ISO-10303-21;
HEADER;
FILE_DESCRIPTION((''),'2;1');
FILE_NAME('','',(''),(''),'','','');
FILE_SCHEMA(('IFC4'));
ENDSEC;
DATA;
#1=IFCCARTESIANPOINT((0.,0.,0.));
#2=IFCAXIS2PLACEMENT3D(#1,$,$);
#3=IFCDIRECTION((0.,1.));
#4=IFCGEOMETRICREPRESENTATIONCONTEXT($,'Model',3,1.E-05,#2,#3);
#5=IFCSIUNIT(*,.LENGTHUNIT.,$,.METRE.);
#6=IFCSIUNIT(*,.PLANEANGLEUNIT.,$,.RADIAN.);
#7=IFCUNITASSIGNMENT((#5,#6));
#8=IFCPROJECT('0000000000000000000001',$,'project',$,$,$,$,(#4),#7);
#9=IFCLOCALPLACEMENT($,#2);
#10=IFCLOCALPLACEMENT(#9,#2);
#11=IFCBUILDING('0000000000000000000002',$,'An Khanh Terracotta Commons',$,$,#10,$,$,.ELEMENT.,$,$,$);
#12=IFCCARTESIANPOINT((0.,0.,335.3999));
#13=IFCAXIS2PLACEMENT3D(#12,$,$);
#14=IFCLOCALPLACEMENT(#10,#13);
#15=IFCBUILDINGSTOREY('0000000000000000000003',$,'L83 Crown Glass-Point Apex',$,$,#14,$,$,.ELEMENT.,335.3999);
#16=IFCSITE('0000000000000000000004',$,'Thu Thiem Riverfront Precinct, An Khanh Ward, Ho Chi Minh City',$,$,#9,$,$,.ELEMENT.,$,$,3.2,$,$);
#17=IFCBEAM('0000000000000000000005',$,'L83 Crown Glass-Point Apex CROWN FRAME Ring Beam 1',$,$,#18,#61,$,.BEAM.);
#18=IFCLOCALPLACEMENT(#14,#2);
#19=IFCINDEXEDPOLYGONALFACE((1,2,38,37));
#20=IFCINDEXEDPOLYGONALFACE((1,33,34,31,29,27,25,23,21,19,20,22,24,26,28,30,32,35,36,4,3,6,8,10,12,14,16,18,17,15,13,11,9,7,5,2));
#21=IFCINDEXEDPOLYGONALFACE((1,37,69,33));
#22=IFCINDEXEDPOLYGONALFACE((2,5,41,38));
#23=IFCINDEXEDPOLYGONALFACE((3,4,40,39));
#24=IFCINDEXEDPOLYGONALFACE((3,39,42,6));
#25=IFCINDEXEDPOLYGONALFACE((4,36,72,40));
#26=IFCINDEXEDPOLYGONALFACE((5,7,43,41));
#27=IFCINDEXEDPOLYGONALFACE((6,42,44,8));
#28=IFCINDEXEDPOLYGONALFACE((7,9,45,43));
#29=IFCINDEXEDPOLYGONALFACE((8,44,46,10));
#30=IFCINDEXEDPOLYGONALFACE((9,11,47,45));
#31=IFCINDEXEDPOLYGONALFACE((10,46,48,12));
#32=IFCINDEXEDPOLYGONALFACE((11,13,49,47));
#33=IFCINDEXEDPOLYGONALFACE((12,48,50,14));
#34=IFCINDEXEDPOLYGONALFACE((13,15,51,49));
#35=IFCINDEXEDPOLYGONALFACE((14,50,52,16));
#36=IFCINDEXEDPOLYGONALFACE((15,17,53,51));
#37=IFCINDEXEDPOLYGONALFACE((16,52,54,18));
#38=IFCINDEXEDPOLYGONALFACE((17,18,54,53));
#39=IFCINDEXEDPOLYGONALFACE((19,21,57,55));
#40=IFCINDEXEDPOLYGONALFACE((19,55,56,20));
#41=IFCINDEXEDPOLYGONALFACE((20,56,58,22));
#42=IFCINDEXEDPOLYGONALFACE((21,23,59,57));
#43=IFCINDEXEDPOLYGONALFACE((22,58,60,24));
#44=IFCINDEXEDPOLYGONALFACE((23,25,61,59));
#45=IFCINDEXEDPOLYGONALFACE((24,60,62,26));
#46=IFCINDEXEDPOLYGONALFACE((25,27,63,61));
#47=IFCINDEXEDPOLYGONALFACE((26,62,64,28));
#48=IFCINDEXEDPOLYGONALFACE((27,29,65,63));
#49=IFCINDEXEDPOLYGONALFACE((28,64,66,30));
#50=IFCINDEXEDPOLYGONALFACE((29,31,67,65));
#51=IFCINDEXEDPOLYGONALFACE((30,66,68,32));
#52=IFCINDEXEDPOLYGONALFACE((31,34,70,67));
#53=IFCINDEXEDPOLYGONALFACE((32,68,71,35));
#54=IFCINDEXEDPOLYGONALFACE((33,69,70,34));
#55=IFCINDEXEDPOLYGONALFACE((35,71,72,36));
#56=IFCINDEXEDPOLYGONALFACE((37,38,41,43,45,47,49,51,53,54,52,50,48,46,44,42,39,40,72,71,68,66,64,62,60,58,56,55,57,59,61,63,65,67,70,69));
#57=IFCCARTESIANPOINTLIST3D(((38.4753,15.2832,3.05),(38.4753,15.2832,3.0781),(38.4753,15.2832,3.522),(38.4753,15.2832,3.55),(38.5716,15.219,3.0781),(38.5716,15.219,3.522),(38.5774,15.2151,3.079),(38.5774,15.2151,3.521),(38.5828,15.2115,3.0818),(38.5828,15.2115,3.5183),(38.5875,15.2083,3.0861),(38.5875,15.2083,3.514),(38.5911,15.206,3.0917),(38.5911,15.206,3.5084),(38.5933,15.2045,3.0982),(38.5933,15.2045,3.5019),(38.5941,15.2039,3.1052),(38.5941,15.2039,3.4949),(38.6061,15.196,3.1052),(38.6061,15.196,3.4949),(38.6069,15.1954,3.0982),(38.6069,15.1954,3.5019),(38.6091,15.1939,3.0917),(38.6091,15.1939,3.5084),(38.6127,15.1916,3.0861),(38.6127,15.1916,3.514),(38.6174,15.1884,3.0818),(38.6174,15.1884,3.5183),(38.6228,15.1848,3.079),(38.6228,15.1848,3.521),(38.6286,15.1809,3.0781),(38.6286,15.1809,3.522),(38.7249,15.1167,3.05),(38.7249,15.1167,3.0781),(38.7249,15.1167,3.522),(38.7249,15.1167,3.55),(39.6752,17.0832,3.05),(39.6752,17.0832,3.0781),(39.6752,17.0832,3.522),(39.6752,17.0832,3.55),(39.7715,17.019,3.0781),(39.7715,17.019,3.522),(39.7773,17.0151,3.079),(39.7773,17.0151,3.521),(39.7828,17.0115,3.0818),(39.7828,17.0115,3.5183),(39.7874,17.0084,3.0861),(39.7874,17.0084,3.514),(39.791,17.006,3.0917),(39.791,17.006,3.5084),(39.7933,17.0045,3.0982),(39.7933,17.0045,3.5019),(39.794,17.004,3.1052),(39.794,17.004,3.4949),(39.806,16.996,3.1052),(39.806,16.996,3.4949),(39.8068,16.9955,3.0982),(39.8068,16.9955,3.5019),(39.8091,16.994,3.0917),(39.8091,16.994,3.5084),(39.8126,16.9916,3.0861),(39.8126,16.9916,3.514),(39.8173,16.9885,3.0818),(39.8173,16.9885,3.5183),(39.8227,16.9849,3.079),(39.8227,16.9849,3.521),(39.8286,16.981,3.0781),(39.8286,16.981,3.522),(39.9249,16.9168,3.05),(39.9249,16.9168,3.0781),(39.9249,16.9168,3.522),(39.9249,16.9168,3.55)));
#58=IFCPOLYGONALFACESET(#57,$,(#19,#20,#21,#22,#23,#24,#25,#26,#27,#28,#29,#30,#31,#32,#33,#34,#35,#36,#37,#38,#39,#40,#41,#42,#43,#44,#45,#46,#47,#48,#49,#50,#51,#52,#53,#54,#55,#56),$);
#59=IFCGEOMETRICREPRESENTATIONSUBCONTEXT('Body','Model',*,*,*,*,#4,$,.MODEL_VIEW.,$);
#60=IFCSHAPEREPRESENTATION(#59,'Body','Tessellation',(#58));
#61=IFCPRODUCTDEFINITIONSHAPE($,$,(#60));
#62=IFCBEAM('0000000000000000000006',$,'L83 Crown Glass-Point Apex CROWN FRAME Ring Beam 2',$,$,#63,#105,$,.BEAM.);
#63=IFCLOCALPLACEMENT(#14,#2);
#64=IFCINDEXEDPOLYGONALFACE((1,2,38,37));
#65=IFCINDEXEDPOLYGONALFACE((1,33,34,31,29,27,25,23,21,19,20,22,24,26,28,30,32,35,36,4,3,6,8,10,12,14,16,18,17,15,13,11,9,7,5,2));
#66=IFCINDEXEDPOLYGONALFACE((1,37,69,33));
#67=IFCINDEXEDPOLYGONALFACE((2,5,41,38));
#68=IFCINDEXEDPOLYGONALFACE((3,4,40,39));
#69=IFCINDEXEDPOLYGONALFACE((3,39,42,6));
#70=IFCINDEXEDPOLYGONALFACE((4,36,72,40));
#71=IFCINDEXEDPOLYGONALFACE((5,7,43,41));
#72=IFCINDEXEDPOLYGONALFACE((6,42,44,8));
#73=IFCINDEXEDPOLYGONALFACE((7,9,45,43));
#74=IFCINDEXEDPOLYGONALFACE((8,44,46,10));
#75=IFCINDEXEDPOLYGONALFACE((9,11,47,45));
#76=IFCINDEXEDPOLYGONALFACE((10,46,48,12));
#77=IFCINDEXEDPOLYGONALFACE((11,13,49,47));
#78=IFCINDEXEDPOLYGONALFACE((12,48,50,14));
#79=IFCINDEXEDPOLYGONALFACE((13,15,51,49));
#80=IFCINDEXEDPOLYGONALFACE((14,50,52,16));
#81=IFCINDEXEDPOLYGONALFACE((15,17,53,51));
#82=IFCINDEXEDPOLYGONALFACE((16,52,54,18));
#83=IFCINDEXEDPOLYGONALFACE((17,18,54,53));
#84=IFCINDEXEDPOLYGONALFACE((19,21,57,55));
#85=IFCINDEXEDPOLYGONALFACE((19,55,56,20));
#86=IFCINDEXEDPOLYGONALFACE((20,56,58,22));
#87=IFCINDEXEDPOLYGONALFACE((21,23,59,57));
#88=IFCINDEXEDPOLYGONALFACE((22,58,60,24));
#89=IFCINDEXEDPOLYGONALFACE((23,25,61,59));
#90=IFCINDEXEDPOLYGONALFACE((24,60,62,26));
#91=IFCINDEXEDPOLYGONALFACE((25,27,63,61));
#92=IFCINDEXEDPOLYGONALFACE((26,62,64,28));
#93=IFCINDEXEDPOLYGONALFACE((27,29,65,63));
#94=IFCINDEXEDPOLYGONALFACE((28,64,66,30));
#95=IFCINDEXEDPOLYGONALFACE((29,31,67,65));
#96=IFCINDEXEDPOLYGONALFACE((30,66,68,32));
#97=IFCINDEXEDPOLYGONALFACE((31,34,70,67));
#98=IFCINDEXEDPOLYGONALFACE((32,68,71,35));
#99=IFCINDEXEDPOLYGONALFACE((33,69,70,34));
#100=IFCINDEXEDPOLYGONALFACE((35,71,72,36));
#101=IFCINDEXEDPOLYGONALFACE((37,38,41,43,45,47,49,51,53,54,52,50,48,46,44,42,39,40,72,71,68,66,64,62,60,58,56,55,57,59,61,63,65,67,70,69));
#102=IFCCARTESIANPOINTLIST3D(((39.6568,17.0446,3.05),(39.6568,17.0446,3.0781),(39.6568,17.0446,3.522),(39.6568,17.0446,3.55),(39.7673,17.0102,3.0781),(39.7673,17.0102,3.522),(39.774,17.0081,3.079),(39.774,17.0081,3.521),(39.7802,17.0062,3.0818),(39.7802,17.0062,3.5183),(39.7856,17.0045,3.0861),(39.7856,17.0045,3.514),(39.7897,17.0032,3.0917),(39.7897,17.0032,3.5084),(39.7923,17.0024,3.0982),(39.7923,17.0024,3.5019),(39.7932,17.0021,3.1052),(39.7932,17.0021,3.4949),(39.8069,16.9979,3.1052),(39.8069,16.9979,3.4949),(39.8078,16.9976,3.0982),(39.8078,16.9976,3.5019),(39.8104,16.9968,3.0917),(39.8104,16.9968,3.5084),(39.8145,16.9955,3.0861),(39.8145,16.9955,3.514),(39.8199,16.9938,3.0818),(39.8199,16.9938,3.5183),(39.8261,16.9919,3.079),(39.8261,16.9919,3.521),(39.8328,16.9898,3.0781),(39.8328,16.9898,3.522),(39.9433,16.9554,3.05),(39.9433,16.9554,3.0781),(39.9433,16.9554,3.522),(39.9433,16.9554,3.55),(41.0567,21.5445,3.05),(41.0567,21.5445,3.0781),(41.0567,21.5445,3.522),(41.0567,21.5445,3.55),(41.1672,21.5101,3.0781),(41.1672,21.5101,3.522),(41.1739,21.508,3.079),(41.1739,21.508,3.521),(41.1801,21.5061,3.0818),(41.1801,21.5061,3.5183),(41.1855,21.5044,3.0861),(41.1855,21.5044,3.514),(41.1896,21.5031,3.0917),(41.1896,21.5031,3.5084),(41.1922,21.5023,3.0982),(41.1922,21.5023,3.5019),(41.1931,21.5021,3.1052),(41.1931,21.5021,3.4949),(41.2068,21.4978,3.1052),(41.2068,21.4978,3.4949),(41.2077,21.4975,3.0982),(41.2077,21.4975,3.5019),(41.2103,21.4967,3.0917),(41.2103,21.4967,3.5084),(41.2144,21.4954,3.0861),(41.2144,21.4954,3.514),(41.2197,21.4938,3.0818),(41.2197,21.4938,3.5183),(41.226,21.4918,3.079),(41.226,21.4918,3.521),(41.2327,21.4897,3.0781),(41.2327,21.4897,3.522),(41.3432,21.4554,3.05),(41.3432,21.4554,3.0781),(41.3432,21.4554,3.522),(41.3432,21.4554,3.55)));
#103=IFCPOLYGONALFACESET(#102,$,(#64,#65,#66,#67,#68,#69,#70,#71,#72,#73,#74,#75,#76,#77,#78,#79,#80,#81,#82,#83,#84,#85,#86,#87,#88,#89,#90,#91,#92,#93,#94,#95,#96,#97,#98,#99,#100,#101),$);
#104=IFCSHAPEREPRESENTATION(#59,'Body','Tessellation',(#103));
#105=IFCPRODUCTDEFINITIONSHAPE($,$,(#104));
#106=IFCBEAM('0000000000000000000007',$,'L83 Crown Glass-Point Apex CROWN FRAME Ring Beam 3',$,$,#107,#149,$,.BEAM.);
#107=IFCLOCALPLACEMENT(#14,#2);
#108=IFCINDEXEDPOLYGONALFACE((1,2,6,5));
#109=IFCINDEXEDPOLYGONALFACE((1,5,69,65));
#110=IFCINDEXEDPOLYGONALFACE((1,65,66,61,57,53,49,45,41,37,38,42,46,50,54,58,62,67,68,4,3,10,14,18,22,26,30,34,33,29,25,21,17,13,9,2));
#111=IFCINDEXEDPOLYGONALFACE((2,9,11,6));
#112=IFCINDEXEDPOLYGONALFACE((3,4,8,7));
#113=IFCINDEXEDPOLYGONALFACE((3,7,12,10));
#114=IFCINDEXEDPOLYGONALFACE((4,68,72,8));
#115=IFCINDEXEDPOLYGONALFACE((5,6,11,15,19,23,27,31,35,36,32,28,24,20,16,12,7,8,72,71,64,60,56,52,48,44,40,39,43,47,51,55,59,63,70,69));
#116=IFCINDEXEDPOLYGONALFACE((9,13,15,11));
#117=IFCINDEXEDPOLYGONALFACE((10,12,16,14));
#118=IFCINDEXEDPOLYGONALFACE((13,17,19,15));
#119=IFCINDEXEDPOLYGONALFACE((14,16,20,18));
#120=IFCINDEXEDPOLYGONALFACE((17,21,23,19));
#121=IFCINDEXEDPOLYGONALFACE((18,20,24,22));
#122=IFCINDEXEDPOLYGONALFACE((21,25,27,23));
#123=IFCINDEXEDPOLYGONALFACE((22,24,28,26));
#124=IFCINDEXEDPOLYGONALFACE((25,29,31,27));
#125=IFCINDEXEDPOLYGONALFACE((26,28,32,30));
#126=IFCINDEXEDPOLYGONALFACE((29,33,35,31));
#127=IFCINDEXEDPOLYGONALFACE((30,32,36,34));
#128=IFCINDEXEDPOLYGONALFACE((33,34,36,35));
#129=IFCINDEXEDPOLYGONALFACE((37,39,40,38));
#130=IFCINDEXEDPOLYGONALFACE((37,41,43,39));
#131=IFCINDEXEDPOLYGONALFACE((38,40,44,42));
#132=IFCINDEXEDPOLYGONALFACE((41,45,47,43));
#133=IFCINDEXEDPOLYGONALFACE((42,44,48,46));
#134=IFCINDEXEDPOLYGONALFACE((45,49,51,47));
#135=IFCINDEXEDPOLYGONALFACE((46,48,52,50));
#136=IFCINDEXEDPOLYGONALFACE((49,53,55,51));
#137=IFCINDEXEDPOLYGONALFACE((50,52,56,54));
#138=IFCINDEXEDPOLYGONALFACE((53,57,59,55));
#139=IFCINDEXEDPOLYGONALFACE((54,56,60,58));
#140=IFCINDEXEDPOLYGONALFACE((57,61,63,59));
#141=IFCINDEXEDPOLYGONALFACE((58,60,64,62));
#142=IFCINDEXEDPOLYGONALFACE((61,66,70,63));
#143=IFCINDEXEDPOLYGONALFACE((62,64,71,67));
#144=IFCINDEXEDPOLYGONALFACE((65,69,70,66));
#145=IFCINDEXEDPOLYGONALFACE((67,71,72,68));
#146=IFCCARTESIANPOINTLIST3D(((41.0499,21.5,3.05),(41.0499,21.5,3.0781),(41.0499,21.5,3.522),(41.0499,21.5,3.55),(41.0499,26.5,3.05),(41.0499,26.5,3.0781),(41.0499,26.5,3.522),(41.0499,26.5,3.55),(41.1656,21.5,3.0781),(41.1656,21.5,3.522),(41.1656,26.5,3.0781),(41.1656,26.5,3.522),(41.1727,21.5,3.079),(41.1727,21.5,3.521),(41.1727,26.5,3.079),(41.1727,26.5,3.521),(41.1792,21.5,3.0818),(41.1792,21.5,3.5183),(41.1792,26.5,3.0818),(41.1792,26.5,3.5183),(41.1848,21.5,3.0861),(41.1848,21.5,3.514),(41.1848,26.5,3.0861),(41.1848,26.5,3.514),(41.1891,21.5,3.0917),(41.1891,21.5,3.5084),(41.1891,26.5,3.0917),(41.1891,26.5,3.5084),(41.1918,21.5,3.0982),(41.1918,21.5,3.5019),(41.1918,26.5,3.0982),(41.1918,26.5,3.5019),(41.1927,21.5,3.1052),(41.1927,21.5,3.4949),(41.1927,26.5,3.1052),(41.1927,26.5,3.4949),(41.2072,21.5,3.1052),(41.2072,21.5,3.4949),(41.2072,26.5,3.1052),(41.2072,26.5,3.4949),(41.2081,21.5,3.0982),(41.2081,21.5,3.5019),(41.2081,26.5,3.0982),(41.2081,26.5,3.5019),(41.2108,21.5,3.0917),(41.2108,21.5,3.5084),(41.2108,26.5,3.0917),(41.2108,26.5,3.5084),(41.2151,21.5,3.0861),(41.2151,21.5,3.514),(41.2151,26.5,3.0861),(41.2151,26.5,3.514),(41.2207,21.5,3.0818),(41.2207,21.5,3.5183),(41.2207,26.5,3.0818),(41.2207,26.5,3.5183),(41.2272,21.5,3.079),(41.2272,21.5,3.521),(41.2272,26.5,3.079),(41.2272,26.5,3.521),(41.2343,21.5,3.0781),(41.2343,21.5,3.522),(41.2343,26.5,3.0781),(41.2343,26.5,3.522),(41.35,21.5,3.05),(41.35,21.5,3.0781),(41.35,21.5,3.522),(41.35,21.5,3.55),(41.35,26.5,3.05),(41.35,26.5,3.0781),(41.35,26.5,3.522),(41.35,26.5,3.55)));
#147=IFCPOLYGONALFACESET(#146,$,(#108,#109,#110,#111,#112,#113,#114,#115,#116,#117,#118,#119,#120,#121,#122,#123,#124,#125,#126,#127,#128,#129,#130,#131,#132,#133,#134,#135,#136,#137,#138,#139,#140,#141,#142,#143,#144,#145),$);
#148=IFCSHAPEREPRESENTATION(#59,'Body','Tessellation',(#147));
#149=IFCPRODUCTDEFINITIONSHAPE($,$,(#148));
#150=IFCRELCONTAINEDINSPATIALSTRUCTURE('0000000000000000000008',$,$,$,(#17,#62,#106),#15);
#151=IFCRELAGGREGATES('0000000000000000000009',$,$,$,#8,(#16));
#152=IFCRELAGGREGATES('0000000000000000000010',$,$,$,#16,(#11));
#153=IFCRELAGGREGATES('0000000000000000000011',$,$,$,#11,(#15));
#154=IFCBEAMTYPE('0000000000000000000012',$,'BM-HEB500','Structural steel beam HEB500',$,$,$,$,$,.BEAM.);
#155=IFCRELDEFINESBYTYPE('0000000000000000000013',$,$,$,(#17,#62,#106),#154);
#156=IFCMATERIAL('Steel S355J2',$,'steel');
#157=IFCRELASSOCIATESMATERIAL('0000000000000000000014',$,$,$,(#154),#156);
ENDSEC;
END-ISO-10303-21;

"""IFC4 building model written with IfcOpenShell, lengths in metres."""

from ifc_helpers import new_model, si_unit, direction, frame, origin, origin_2d, place, context, subcontext, project, spatial, i_section, extrude, material, material_profile, profile_set, type_object, element, save


model = new_model("IFC4")

# Units and contexts
model_context = context("Model", 3, precision=1e-05, world=origin(), true_north=direction((0.0, 1.0)))
body_context = subcontext(model_context, "Body", "Model", "MODEL_VIEW")
ifc_project = project(units=[si_unit("LENGTHUNIT", "METRE"), si_unit("PLANEANGLEUNIT", "RADIAN")], contexts=[model_context])

# Site, building, storey
site_placement = place(None, origin())
site = spatial("IfcSite", under=ifc_project, at=site_placement, Name="Thu Thiem Riverfront Precinct, An Khanh Ward, Ho Chi Minh City", CompositionType="ELEMENT", RefElevation=3.2)
building_placement = place(site_placement, origin())
building = spatial("IfcBuilding", under=site, at=building_placement, Name="An Khanh Terracotta Commons", CompositionType="ELEMENT")
storey_placement = place(building_placement, frame((0.0, 0.0, 335.3999)))
storey = spatial("IfcBuildingStorey", under=building, at=storey_placement, Name="L83 Crown Glass-Point Apex", CompositionType="ELEMENT", Elevation=335.3999)

# Beams
ifc_material_1 = material(Name="Steel S355J2", Category="steel")
ifc_material_profile_1 = material_profile(ifc_material_1, i_section(OverallWidth=0.3, OverallDepth=0.5, WebThickness=0.0144, FlangeThickness=0.0281, FilletRadius=0.0271, at=origin_2d()), Name="HEB500")
ifc_profile_set_1 = profile_set([ifc_material_profile_1], Name="Steel S355J2")
beam_type = type_object("IfcBeamType", Name="BM-HEB500", Description="Structural steel beam HEB500", PredefinedType="BEAM", material=ifc_profile_set_1)
beam_1_placement = place(storey_placement, frame((38.6001, 15.2, 3.3), z_axis=(0.554674, 0.832068, 0.0), x_axis=(-0.832068, 0.554674, 0.0)))
element("IfcBeam", 1, at=beam_1_placement, inside=storey, type_object=beam_type, Name="L83 Crown Glass-Point Apex CROWN FRAME Ring Beam 1", PredefinedType="BEAM", context=body_context, shape_type="SweptSolid", body=[
    extrude(i_section(OverallWidth=0.3, OverallDepth=0.5, WebThickness=0.0144, FlangeThickness=0.0281, FilletRadius=0.0271, at=origin_2d()), origin(), (0.0, 0.0, 1.0), 2.1633),
])
beam_2_placement = place(storey_placement, frame((39.8, 17.0, 3.3), z_axis=(0.297048, 0.954863, 0.0), x_axis=(-0.954863, 0.297048, 0.0)))
element("IfcBeam", 2, at=beam_2_placement, inside=storey, type_object=beam_type, Name="L83 Crown Glass-Point Apex CROWN FRAME Ring Beam 2", PredefinedType="BEAM", context=body_context, shape_type="SweptSolid", body=[
    extrude(i_section(OverallWidth=0.3, OverallDepth=0.5, WebThickness=0.0144, FlangeThickness=0.0281, FilletRadius=0.0271, at=origin_2d()), origin(), (0.0, 0.0, 1.0), 4.7126),
])
beam_3_placement = place(storey_placement, frame((41.2, 21.5, 3.3), z_axis=(0.0, 1.0, 0.0), x_axis=(-1.0, 0.0, 0.0)))
element("IfcBeam", 3, at=beam_3_placement, inside=storey, type_object=beam_type, Name="L83 Crown Glass-Point Apex CROWN FRAME Ring Beam 3", PredefinedType="BEAM", context=body_context, shape_type="SweptSolid", body=[
    extrude(i_section(OverallWidth=0.3, OverallDepth=0.5, WebThickness=0.0144, FlangeThickness=0.0281, FilletRadius=0.0271, at=origin_2d()), origin(), (0.0, 0.0, 1.0), 5.0),
])

save(model, "model.ifc")
